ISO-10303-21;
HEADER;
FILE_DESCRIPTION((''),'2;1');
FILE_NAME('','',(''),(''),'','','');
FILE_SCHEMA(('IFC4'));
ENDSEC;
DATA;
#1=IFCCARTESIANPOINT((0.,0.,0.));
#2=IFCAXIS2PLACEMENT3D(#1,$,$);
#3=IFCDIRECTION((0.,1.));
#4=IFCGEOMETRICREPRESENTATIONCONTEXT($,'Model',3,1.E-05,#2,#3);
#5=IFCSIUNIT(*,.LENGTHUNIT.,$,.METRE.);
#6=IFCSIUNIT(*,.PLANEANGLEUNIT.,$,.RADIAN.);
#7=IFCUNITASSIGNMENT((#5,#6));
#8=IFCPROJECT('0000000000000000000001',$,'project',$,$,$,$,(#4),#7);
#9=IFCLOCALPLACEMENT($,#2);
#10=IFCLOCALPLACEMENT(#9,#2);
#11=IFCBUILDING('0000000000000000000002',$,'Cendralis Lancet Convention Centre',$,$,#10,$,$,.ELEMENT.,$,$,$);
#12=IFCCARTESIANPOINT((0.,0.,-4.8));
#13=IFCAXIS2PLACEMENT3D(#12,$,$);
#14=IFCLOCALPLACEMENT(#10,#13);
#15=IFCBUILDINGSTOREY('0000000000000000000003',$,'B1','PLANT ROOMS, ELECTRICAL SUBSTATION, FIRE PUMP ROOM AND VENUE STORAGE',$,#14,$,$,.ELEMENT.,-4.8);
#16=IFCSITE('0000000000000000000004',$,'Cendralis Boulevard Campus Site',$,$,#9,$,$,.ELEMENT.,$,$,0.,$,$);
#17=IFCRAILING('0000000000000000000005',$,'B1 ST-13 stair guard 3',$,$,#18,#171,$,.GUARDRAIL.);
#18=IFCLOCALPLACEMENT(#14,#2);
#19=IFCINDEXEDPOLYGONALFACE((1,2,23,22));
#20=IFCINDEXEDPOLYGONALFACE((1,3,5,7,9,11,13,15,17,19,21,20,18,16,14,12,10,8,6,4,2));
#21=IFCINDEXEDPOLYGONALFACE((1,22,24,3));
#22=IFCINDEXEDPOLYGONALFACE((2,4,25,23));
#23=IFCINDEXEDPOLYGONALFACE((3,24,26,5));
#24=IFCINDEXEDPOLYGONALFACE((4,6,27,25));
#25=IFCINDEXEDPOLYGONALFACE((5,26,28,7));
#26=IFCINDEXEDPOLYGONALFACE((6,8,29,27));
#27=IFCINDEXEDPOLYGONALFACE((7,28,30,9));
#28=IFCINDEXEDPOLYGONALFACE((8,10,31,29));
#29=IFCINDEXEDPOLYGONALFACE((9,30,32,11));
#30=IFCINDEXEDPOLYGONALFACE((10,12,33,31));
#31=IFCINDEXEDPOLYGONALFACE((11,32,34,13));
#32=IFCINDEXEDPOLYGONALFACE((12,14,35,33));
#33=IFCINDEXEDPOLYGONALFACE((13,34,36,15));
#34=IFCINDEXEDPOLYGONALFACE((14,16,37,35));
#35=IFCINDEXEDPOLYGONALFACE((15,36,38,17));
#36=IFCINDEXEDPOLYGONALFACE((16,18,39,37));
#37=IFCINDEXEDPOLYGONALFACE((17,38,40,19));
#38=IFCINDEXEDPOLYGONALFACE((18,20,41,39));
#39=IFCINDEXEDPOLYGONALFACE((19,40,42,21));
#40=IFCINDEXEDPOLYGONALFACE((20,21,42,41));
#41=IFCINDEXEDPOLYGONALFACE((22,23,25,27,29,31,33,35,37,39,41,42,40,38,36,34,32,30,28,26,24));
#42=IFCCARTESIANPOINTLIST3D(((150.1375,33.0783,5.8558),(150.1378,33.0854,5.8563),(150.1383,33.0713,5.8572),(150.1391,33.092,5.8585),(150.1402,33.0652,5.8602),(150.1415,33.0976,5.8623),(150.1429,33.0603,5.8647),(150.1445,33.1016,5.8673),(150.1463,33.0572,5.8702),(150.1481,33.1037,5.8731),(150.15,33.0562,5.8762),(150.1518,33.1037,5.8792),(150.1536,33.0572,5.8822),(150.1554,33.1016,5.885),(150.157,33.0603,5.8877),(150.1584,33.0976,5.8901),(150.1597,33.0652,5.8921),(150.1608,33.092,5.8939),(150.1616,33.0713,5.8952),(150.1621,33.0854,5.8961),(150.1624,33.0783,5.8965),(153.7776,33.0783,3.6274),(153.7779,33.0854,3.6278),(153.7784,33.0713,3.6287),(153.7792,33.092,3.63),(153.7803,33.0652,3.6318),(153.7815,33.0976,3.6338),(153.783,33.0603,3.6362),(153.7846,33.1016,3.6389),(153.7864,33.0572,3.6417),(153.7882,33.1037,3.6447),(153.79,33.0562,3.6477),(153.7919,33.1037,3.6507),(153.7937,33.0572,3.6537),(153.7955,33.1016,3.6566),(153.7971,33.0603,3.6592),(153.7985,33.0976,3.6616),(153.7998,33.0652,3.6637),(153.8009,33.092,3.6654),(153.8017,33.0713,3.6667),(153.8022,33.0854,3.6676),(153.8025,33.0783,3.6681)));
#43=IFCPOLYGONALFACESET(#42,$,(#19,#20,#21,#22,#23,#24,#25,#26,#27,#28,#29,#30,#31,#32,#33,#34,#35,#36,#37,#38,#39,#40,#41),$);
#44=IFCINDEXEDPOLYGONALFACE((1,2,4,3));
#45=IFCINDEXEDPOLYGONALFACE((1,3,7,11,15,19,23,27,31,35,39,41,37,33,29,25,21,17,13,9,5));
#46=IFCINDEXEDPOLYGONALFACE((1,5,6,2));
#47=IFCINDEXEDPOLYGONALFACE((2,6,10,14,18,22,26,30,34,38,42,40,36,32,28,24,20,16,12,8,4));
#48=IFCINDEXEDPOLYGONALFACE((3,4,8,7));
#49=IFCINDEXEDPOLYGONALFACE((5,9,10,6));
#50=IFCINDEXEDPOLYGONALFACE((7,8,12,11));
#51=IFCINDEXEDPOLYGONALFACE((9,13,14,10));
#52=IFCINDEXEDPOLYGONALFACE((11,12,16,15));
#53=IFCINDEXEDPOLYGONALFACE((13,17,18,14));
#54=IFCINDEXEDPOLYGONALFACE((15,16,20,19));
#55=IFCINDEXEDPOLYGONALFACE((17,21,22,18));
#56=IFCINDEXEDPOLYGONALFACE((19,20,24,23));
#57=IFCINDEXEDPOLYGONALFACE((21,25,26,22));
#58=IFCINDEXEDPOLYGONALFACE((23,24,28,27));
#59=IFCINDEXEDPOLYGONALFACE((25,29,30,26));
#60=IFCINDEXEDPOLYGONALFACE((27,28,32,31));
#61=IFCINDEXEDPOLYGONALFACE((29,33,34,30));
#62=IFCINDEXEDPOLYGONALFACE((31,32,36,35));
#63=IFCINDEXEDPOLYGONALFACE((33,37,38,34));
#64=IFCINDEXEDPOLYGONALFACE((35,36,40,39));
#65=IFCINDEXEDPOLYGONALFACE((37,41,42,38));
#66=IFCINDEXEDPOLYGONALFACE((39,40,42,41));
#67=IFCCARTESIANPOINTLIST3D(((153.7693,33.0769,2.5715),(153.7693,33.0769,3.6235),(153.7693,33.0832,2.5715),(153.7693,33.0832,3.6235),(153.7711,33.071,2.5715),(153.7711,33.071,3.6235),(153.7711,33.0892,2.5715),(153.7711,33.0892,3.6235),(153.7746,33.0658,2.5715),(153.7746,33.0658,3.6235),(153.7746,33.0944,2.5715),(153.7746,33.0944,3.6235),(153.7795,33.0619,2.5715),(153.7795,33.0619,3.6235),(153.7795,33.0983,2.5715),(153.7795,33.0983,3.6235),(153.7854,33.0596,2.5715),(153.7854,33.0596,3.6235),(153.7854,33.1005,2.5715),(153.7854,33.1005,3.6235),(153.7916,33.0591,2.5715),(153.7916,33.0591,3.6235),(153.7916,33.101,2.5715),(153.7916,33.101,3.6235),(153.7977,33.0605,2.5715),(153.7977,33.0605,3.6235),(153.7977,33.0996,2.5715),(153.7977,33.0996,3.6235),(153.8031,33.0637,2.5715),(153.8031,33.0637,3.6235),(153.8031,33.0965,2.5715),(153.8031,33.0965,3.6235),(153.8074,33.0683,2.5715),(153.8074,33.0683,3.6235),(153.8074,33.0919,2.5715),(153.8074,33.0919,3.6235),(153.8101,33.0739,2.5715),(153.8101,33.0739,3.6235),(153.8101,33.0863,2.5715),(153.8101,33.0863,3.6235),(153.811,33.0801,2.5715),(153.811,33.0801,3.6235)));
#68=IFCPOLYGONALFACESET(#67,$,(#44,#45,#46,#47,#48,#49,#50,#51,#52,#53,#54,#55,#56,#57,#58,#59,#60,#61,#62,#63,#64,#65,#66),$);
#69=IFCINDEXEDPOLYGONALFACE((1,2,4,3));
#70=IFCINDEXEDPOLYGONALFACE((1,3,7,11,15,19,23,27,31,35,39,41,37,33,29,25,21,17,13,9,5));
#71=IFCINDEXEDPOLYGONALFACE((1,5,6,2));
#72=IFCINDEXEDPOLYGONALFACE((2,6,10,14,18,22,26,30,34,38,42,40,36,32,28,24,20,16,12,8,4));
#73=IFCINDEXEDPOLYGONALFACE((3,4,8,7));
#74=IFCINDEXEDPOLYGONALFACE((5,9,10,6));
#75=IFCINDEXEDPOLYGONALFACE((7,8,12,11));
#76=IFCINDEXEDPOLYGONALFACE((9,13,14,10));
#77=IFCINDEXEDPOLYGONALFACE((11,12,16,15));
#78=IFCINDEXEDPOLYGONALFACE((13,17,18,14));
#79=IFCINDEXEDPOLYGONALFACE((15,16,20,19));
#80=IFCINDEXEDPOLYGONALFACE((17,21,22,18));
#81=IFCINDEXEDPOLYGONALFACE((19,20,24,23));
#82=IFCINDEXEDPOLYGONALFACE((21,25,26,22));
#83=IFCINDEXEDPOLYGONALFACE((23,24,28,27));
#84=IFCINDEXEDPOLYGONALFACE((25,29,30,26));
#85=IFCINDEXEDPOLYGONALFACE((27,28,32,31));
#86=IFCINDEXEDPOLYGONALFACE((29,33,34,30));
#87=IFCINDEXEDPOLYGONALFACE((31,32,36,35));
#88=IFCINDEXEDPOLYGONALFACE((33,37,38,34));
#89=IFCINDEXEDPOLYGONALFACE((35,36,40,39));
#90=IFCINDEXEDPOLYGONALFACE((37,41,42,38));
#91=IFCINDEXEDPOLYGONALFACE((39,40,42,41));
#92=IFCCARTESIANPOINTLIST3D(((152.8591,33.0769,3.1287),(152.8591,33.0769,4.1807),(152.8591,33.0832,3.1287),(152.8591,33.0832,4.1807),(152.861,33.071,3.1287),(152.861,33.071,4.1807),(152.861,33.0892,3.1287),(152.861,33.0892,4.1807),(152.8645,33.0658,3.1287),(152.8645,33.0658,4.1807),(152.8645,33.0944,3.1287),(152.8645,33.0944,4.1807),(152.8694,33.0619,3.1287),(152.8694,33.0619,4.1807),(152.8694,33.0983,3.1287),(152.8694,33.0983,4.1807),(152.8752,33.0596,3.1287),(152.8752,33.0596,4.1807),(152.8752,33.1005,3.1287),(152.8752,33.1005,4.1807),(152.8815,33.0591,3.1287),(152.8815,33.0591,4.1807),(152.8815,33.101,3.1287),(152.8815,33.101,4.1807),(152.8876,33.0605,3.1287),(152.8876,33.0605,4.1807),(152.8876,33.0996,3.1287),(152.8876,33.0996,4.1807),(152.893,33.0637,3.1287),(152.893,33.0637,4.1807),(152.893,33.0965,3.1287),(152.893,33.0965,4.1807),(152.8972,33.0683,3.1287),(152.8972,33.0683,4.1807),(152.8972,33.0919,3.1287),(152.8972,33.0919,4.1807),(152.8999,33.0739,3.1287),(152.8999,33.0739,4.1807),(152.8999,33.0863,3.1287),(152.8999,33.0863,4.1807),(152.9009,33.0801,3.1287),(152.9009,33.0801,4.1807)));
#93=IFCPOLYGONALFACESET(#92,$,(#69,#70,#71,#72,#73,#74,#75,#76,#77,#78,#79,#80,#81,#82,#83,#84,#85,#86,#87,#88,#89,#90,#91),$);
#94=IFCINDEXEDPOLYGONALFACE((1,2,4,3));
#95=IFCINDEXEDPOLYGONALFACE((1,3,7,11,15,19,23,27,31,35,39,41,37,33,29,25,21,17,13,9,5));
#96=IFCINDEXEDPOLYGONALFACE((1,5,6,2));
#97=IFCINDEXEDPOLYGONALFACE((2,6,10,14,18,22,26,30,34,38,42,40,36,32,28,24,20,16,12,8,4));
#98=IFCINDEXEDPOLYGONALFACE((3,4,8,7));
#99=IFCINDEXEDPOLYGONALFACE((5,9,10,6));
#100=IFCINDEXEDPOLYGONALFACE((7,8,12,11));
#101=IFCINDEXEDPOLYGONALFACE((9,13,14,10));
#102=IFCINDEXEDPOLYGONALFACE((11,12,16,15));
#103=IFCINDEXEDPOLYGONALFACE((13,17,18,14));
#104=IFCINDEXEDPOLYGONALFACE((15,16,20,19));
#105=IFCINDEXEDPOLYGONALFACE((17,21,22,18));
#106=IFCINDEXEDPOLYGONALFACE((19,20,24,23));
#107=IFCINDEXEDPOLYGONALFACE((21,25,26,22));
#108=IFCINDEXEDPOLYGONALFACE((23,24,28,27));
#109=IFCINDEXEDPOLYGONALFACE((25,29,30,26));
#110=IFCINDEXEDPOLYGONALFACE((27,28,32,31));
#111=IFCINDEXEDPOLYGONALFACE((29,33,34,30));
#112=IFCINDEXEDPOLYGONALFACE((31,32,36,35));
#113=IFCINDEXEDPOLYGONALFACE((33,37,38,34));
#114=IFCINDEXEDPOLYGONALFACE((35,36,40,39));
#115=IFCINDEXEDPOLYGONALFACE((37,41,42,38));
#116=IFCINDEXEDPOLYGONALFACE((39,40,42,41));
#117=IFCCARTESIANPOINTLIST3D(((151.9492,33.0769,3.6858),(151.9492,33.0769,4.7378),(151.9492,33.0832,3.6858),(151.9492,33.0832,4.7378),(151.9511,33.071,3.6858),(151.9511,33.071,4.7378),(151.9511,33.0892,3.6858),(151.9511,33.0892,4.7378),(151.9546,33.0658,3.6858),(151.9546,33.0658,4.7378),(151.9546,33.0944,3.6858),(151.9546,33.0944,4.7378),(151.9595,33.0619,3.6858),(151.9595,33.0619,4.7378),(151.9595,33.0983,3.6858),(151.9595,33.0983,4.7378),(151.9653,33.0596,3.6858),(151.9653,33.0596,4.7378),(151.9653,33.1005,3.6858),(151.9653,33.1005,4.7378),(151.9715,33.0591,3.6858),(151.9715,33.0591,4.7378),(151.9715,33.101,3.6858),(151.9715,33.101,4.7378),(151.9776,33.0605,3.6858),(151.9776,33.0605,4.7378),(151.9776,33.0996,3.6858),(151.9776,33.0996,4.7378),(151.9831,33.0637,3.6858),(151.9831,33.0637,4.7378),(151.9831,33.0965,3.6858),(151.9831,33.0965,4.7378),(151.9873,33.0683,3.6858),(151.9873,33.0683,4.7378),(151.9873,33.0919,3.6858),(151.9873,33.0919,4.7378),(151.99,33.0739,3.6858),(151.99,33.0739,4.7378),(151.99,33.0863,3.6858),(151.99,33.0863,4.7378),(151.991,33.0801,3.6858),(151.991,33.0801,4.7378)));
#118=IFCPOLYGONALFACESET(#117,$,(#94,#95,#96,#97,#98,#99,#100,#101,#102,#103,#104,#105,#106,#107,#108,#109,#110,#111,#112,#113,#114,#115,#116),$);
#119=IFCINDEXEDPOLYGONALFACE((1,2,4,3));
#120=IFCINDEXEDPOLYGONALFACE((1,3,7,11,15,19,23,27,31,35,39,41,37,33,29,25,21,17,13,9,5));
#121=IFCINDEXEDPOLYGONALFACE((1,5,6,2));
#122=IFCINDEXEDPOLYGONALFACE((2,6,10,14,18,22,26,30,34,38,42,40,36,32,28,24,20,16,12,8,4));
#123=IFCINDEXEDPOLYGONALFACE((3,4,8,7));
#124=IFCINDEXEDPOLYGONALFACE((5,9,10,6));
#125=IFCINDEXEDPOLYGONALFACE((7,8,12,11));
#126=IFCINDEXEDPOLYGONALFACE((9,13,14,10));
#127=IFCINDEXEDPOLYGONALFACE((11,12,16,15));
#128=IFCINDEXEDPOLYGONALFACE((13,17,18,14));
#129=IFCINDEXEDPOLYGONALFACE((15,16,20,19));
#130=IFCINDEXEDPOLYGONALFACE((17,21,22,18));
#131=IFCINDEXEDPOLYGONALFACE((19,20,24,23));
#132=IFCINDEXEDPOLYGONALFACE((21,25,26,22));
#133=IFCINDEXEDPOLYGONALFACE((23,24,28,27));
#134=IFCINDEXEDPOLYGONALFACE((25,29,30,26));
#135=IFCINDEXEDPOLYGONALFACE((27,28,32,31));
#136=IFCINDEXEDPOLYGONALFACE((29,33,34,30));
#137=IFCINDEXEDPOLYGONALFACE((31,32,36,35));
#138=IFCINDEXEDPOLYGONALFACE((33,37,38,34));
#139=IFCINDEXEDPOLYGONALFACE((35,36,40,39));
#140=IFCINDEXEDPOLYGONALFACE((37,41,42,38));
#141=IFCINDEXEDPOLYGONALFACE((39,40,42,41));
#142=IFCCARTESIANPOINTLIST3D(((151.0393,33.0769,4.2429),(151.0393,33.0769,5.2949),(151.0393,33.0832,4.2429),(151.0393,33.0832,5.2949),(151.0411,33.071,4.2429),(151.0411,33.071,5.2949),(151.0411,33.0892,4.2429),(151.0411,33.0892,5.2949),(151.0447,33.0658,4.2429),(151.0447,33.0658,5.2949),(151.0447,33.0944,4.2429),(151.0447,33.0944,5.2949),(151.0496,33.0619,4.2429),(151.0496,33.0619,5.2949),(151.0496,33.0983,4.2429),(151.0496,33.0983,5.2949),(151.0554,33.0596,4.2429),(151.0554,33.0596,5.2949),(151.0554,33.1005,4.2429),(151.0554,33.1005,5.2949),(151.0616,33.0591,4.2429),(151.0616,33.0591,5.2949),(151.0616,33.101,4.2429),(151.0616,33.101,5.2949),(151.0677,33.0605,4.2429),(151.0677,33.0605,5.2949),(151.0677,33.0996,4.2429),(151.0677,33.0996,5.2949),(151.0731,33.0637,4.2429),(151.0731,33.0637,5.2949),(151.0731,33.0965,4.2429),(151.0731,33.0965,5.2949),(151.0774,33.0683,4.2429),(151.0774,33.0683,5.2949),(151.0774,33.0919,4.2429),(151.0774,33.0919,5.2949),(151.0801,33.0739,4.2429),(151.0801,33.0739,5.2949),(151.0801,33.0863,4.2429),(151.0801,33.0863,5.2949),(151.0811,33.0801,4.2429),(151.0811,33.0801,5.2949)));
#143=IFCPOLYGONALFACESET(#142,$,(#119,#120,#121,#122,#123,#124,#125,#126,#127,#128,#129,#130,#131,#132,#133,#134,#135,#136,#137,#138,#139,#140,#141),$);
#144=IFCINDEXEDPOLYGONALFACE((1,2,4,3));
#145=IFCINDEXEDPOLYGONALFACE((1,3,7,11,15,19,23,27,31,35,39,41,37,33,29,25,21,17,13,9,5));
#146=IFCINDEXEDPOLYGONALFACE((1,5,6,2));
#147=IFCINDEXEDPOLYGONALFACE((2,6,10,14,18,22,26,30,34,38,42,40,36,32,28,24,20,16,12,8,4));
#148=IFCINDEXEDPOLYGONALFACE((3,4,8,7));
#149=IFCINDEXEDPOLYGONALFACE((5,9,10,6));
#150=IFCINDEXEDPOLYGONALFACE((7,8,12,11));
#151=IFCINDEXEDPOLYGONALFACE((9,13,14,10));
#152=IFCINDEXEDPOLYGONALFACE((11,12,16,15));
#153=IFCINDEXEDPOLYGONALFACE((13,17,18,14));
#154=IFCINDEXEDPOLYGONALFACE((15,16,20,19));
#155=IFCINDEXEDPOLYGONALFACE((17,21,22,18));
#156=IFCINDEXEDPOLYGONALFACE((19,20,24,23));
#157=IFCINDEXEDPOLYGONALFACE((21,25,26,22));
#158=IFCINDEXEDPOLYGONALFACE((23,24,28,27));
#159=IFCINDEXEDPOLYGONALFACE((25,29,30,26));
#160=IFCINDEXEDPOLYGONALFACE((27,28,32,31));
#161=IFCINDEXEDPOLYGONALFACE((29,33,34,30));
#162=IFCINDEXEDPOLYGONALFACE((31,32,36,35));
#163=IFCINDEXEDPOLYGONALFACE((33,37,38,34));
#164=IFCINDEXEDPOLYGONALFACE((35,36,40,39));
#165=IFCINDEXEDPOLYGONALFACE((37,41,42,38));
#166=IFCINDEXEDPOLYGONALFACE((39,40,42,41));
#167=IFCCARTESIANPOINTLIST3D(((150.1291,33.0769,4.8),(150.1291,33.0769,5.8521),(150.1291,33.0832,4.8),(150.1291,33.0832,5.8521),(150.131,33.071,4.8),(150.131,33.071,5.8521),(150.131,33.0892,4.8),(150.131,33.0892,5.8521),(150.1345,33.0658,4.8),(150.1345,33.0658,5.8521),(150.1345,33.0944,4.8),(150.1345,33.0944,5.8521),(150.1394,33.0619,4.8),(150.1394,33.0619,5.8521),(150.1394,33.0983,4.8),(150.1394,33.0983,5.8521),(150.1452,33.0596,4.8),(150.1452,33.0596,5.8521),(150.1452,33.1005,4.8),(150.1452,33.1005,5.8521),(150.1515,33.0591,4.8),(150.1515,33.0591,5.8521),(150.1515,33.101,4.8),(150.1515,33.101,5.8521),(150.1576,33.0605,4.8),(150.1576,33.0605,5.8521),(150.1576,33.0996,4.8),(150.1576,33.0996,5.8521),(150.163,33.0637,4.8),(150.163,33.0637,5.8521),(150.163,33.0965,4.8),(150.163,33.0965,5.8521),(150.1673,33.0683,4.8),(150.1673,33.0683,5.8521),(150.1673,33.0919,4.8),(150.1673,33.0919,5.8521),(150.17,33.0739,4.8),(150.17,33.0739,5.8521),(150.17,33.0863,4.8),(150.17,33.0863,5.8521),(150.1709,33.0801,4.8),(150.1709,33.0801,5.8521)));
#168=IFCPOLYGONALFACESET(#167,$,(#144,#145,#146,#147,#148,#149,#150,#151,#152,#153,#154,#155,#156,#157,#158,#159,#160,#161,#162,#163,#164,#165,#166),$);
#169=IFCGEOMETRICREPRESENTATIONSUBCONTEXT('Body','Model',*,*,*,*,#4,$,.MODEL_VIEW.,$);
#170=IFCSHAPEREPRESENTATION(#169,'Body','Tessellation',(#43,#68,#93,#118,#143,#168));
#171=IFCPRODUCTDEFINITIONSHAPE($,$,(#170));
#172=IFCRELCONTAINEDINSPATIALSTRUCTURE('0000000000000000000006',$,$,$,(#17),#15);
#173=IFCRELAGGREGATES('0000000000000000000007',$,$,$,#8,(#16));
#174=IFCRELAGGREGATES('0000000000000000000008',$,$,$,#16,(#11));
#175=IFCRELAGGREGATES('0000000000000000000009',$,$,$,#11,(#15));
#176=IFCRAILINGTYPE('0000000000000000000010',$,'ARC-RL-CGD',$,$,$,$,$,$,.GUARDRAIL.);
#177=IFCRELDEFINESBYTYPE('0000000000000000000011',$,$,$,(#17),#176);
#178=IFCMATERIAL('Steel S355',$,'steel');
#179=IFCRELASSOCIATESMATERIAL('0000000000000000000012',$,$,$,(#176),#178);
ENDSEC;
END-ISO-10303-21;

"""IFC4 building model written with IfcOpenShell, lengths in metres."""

from ifc_helpers import new_model, si_unit, direction, frame, origin, origin_2d, place, context, subcontext, project, spatial, circle, extrude, material, type_object, element, save


model = new_model("IFC4")

# Units and contexts
model_context = context("Model", 3, precision=1e-05, world=origin(), true_north=direction((0.0, 1.0)))
body_context = subcontext(model_context, "Body", "Model", "MODEL_VIEW")
ifc_project = project(units=[si_unit("LENGTHUNIT", "METRE"), si_unit("PLANEANGLEUNIT", "RADIAN")], contexts=[model_context])

# Site, building, storey
site_placement = place(None, origin())
site = spatial("IfcSite", under=ifc_project, at=site_placement, Name="Cendralis Boulevard Campus Site", CompositionType="ELEMENT", RefElevation=0.0)
building_placement = place(site_placement, origin())
building = spatial("IfcBuilding", under=site, at=building_placement, Name="Cendralis Lancet Convention Centre", CompositionType="ELEMENT")
storey_placement = place(building_placement, frame((0.0, 0.0, -4.8)))
storey = spatial("IfcBuildingStorey", under=building, at=storey_placement, Name="B1", Description="PLANT ROOMS, ELECTRICAL SUBSTATION, FIRE PUMP ROOM AND VENUE STORAGE", CompositionType="ELEMENT", Elevation=-4.8)

# Shared definitions
ifc_material_1 = material(Name="Steel S355", Category="steel")

# Railing
railing_type_1 = type_object("IfcRailingType", Name="ARC-RL-CGD", PredefinedType="GUARDRAIL", material=ifc_material_1)
railing_1_placement = place(storey_placement, frame((153.79, 33.0801, 2.5715)))
element("IfcRailing", 1, at=railing_1_placement, inside=storey, type_object=railing_type_1, Name="B1 ST-13 stair guard 3", PredefinedType="GUARDRAIL", context=body_context, shape_type="SweptSolid", body=[
    extrude(circle(Radius=0.0239, at=origin_2d()), frame((0.0, 0.0, 1.0762), z_axis=(-0.852866, 0.0, 0.52213), x_axis=(0.0, -1.0, 0.0)), (0.0, 0.0, 1.0), 4.2681),
    extrude(circle(Radius=0.021, at=origin_2d()), origin(), (0.0, 0.0, 1.0), 1.052),
    extrude(circle(Radius=0.021, at=origin_2d()), frame((-0.9102, 0.0, 0.5571)), (0.0, 0.0, 1.0), 1.052),
    extrude(circle(Radius=0.021, at=origin_2d()), frame((-1.8201, 0.0, 1.1143)), (0.0, 0.0, 1.0), 1.052),
    extrude(circle(Radius=0.021, at=origin_2d()), frame((-2.73, 0.0, 1.6714)), (0.0, 0.0, 1.0), 1.052),
    extrude(circle(Radius=0.021, at=origin_2d()), frame((-3.6401, 0.0, 2.2285)), (0.0, 0.0, 1.0), 1.052),
])

save(model, "model.ifc")
